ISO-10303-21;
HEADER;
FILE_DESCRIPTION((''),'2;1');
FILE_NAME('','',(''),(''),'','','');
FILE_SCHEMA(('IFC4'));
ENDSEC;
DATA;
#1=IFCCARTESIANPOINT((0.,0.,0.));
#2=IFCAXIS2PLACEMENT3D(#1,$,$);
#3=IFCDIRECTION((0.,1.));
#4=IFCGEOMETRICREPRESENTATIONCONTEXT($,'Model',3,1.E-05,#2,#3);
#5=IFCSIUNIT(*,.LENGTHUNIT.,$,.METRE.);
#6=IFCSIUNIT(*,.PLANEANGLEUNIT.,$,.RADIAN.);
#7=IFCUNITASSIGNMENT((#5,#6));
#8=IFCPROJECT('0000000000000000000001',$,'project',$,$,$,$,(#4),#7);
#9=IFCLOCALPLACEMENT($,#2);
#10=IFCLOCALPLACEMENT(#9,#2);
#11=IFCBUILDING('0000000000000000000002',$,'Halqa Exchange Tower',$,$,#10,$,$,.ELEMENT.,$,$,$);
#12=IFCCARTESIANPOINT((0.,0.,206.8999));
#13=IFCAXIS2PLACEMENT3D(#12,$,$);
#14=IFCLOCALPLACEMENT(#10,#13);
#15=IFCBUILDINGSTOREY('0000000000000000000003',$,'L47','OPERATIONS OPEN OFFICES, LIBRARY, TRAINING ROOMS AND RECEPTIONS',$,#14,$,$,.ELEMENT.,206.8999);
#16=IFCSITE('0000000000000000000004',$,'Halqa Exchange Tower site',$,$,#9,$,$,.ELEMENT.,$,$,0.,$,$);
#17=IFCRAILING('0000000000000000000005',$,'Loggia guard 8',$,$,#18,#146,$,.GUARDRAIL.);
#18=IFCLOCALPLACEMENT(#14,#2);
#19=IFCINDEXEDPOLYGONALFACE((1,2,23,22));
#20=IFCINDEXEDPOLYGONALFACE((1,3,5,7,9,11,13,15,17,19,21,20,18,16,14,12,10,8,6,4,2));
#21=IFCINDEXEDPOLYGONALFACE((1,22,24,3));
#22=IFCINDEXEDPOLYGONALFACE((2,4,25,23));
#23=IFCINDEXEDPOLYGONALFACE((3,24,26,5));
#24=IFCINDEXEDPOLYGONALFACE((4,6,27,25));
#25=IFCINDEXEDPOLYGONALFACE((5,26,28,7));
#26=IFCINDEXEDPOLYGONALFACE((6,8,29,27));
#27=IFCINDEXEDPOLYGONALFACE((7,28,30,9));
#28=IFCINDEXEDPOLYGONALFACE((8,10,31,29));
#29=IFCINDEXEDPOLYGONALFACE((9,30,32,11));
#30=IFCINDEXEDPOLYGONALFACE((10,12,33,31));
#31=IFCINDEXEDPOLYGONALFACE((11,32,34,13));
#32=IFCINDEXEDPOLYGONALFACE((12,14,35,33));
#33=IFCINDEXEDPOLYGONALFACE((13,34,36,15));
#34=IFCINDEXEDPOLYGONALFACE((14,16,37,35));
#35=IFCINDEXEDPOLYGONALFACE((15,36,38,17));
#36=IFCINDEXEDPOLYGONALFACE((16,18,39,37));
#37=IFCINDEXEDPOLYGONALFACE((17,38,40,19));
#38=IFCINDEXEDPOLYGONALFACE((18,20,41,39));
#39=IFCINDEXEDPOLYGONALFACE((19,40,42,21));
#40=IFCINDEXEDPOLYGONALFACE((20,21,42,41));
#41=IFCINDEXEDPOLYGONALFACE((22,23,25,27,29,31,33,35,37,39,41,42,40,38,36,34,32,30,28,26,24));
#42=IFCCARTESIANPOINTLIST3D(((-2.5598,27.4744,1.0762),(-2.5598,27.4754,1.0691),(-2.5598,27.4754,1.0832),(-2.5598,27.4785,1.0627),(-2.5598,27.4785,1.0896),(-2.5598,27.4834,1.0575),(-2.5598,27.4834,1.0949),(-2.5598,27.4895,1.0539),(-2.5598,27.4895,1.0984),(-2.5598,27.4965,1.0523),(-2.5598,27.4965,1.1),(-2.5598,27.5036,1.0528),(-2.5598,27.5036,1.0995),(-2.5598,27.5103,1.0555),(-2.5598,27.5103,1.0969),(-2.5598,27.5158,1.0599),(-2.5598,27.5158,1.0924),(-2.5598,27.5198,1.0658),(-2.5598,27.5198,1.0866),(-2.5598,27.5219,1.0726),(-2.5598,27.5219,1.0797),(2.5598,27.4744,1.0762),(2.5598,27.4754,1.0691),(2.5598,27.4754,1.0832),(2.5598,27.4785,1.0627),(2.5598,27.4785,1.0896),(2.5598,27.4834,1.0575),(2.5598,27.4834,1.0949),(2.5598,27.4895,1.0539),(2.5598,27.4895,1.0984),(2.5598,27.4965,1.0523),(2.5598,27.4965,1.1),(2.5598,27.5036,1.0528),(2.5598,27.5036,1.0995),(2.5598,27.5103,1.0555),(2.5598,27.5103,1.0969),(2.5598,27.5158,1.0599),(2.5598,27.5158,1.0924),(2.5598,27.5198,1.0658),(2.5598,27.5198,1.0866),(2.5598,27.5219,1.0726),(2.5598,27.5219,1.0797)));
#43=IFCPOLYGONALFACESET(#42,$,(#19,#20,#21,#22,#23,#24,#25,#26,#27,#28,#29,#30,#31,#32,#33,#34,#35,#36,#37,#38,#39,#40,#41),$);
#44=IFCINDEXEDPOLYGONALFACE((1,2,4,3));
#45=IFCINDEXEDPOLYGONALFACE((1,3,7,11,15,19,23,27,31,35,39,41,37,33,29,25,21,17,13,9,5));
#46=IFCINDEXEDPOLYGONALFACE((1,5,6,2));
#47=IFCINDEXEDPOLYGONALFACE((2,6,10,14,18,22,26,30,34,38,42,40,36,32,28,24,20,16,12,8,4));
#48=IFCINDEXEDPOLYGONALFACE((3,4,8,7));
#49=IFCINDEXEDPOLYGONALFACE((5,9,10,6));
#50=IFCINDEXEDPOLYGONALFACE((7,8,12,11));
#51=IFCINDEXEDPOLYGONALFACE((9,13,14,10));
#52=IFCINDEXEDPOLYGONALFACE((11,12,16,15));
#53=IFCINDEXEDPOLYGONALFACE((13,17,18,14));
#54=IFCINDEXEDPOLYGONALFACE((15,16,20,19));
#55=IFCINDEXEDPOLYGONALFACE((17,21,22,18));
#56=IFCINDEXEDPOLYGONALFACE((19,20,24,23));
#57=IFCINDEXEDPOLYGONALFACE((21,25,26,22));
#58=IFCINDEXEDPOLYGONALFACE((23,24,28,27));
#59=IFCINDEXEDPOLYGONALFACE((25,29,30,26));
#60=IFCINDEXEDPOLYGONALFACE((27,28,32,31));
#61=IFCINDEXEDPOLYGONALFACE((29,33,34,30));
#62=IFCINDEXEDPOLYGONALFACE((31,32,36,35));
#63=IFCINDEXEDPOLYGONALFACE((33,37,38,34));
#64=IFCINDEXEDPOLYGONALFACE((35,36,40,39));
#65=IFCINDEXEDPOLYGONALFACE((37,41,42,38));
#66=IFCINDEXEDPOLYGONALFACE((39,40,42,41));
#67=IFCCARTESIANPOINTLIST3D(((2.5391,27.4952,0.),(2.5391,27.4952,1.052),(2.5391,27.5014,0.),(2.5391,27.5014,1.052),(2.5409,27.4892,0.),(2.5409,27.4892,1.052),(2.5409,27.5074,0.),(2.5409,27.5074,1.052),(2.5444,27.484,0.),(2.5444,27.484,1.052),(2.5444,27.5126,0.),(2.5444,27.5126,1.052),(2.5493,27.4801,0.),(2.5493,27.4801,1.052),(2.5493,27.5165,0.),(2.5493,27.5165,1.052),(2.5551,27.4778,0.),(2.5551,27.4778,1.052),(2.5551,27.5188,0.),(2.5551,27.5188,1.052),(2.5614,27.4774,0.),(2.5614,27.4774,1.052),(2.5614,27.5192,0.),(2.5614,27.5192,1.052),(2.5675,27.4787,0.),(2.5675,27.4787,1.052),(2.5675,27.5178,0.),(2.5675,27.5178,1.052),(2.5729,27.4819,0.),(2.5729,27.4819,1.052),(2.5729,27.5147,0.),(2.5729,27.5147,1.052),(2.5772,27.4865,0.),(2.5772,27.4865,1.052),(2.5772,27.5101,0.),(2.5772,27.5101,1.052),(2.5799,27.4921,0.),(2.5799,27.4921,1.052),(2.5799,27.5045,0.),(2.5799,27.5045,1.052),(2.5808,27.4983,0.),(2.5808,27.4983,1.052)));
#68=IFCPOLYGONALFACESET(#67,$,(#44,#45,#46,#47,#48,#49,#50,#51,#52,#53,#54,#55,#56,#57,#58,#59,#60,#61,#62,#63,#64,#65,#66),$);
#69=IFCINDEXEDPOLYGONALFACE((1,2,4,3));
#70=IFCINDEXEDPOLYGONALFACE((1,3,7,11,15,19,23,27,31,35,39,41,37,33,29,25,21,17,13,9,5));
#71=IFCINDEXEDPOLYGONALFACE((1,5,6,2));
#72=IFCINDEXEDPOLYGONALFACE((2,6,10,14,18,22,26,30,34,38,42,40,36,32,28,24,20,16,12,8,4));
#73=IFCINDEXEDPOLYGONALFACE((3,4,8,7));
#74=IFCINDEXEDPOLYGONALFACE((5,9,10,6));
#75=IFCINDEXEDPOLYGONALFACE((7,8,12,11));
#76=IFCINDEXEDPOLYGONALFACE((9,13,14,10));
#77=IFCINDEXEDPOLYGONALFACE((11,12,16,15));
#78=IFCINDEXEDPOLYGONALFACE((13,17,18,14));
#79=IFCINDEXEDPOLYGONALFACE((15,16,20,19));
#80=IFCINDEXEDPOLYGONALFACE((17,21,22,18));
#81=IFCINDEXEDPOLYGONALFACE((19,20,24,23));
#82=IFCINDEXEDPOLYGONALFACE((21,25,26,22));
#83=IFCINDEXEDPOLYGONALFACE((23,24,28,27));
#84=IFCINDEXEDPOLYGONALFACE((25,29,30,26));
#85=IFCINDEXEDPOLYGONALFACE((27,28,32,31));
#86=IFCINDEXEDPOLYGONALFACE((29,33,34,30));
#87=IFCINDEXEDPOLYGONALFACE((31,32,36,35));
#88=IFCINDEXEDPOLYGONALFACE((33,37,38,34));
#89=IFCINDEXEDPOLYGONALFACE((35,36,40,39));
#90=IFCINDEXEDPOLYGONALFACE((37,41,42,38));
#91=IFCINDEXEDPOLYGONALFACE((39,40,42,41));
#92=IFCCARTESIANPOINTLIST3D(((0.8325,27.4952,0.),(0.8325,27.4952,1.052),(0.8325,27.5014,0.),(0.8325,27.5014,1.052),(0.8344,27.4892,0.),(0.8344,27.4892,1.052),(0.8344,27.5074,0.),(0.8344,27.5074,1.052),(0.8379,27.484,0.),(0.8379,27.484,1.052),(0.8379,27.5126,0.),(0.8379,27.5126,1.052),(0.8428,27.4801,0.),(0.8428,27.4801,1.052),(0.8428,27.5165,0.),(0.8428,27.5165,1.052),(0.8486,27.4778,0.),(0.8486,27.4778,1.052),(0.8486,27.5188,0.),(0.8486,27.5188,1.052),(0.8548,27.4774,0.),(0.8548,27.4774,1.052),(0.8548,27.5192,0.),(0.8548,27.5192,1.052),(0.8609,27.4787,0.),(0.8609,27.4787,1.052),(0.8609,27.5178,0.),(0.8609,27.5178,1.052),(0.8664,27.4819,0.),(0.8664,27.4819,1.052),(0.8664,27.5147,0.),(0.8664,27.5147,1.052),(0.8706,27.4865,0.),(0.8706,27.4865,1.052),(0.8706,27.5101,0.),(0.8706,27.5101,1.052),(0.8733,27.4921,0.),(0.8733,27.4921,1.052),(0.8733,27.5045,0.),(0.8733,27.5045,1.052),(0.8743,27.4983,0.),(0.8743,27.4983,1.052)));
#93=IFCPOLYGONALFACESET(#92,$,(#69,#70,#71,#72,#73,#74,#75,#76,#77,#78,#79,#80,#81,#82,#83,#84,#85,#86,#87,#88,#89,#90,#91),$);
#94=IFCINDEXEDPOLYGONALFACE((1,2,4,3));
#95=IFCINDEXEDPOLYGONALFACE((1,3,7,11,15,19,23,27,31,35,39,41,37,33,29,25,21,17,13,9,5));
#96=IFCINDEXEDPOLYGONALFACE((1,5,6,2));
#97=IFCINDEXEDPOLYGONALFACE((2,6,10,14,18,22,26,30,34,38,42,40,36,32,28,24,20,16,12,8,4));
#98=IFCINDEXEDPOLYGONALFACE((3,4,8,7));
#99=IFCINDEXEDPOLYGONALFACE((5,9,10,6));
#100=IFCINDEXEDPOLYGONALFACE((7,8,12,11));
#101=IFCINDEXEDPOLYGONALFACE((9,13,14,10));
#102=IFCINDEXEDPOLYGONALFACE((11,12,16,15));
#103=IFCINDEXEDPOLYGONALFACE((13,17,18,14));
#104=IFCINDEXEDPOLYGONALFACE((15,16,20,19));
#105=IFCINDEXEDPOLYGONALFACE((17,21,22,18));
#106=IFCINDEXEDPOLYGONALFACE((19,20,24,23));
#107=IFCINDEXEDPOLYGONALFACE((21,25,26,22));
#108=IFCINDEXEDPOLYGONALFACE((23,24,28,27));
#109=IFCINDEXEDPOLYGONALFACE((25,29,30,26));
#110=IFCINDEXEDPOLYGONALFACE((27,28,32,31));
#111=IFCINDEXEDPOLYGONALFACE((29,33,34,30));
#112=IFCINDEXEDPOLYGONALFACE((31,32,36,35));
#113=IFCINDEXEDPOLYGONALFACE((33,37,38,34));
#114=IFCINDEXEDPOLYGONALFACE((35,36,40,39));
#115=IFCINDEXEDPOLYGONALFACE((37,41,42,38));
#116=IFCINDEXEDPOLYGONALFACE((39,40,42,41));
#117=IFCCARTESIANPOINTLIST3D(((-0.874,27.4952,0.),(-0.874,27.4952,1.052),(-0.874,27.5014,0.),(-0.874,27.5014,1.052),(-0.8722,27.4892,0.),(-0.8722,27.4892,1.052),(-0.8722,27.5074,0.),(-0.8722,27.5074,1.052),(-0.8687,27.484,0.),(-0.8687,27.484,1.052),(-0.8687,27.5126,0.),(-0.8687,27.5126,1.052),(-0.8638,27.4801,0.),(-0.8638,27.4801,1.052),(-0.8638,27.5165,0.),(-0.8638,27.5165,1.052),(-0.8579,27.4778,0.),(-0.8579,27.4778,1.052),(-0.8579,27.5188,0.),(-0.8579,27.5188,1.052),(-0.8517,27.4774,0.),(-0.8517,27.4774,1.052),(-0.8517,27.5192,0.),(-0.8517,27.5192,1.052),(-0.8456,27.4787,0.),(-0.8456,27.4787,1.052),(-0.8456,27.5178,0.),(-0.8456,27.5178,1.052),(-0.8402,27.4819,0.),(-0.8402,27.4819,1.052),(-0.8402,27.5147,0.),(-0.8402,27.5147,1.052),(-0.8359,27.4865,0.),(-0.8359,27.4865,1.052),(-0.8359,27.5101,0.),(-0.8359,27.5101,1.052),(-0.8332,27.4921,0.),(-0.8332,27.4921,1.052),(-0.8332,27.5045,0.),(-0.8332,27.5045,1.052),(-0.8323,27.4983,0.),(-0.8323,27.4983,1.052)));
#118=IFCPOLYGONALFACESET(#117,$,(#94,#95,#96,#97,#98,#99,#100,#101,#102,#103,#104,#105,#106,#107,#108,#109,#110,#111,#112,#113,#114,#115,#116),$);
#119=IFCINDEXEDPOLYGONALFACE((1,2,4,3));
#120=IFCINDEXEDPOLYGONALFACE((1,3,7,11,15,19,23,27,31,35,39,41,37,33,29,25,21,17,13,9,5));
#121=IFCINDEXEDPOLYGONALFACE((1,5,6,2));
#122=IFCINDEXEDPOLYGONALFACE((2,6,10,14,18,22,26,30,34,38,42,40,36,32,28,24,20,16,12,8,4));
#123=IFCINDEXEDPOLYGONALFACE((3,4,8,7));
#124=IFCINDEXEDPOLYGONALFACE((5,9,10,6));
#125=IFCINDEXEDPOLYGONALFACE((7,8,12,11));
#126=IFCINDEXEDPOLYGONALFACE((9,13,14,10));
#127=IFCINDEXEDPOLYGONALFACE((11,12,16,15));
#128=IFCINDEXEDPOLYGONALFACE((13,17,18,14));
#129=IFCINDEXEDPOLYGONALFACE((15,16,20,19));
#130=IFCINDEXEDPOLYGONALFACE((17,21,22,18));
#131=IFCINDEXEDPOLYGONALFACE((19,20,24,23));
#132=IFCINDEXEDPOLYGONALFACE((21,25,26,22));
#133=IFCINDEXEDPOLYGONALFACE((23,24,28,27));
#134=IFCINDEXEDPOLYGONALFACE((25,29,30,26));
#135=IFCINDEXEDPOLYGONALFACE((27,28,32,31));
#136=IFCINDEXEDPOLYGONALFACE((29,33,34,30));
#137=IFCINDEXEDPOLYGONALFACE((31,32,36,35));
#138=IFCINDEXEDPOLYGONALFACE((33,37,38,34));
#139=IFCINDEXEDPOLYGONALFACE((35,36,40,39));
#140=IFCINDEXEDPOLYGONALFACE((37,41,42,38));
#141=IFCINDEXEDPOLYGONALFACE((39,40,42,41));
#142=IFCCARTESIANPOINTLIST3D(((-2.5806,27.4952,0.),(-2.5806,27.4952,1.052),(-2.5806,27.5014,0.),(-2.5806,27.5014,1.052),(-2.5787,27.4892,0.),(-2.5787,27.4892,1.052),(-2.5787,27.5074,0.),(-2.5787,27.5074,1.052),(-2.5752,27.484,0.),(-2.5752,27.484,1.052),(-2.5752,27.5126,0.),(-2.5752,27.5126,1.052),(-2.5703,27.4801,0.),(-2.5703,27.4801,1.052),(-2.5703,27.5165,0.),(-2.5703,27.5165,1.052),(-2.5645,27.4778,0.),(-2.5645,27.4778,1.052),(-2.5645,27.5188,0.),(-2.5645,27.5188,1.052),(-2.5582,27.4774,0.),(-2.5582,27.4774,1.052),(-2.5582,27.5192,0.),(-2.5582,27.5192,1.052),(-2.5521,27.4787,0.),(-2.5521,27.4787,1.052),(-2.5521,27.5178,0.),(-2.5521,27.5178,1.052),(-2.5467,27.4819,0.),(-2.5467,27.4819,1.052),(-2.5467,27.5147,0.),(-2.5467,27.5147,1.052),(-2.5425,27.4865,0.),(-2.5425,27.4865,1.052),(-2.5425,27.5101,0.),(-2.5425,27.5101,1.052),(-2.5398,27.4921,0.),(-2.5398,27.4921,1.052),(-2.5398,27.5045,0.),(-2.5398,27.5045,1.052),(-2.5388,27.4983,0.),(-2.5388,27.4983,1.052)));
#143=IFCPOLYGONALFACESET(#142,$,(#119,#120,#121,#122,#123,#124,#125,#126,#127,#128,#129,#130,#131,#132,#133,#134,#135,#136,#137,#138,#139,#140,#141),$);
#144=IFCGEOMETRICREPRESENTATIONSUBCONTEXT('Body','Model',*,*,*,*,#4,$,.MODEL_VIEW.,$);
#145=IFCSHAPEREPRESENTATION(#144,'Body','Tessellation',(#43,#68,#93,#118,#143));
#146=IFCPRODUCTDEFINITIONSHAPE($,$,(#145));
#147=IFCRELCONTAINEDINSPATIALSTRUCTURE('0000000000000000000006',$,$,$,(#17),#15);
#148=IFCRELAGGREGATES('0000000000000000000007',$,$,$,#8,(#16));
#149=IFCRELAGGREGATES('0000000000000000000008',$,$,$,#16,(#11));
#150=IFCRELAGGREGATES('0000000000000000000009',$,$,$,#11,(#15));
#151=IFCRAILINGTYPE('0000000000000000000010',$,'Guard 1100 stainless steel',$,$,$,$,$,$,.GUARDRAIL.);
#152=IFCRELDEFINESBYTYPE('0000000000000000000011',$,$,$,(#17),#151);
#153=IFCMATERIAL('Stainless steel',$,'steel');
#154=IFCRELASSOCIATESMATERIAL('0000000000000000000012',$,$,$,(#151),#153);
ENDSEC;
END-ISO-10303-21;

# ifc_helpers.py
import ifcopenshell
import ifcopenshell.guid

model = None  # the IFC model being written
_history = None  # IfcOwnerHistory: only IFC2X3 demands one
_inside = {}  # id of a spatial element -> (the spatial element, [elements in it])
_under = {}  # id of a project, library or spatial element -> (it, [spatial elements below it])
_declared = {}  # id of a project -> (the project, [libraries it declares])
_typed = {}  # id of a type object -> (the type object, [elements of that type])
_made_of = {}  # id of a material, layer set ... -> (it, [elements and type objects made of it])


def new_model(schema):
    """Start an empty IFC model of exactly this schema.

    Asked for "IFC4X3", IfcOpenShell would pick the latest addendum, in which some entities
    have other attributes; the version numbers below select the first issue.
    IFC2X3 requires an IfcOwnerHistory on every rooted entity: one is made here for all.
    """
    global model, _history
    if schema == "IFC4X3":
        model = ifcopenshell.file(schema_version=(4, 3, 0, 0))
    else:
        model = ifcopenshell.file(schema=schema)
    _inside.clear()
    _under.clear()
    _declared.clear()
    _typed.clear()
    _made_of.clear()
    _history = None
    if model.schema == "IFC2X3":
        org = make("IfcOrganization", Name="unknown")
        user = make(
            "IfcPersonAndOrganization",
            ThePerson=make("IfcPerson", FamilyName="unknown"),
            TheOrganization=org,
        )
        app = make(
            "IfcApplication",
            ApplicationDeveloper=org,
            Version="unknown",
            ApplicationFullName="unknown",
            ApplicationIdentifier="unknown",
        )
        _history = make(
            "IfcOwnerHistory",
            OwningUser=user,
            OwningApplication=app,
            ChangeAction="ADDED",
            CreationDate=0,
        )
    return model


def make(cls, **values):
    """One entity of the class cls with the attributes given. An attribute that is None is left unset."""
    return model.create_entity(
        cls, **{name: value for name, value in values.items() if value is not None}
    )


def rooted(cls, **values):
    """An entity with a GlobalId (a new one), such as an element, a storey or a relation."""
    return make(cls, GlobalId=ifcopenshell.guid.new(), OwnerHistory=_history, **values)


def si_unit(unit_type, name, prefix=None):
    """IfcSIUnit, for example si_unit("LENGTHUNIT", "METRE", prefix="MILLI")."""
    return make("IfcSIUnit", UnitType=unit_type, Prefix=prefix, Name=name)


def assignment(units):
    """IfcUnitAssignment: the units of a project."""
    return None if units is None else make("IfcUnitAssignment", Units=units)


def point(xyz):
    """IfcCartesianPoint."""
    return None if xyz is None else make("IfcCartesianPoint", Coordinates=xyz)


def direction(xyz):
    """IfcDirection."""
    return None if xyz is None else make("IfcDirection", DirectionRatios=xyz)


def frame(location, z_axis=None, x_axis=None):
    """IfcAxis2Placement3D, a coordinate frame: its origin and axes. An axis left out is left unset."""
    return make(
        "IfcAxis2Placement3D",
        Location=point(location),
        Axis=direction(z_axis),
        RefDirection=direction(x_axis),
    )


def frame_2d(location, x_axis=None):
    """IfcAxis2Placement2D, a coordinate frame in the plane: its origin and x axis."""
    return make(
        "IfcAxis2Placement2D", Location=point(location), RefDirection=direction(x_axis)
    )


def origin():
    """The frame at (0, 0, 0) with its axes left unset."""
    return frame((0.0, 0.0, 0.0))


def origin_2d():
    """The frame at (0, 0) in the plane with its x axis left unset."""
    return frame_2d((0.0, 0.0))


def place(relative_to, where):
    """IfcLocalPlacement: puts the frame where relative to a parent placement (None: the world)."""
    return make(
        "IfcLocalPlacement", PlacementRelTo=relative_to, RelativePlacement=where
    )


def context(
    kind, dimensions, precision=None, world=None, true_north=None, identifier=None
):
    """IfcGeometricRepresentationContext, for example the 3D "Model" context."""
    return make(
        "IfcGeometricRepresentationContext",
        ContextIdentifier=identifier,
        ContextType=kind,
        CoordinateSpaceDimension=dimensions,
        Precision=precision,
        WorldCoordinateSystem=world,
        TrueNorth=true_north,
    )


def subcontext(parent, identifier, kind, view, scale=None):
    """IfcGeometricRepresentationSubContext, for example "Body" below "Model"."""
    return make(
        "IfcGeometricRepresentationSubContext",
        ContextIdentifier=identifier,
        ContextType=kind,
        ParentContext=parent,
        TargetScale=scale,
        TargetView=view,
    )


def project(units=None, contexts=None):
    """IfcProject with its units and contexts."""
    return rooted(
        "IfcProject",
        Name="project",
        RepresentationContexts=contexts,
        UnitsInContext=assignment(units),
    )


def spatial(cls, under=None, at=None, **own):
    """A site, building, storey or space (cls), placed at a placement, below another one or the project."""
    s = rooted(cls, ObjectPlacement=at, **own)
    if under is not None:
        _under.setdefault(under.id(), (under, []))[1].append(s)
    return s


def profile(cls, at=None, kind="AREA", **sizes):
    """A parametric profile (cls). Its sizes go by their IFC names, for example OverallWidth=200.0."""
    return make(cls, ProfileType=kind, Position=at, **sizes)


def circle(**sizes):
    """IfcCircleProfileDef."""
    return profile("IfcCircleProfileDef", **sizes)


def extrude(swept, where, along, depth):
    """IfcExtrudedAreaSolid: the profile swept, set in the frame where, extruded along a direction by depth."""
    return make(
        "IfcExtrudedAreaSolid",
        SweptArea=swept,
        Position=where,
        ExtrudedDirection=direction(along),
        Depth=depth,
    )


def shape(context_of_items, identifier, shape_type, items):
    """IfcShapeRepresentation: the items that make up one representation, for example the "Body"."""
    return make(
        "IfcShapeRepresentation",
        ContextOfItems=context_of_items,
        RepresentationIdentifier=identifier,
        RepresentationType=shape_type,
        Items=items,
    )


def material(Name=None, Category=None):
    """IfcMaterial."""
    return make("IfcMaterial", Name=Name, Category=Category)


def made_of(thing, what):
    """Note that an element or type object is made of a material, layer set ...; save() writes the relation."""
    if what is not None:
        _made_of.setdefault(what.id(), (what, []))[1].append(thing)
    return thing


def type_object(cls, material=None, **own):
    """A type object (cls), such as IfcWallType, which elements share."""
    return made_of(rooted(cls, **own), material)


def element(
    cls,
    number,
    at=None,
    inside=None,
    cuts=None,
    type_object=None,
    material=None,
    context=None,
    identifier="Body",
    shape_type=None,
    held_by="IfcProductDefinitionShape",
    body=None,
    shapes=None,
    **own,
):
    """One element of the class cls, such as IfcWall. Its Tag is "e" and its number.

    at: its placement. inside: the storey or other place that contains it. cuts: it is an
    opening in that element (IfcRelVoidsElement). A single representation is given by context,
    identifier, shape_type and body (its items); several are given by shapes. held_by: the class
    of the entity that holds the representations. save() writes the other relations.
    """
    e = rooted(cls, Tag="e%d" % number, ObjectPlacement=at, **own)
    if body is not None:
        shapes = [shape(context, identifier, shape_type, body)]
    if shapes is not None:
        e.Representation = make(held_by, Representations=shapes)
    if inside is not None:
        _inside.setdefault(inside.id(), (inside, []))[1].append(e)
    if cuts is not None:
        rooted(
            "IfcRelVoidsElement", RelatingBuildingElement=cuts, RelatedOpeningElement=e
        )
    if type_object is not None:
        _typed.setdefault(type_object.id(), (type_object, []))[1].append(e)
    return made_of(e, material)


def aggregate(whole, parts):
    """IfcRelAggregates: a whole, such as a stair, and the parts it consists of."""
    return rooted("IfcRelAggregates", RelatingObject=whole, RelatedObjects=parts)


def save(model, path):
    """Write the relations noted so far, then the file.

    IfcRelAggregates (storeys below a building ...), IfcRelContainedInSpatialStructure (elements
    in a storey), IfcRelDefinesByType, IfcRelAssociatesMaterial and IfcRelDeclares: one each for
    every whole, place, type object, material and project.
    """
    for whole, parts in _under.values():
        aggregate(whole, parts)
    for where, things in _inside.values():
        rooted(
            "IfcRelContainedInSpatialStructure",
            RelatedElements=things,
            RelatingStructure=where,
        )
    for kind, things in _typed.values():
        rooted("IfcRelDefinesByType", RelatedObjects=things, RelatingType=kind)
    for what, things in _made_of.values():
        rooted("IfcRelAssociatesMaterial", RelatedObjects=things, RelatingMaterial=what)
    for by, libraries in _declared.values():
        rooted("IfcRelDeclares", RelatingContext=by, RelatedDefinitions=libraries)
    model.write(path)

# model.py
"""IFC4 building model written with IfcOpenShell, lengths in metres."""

from ifc_helpers import new_model, si_unit, direction, frame, origin, origin_2d, place, context, subcontext, project, spatial, circle, extrude, material, type_object, element, save


model = new_model("IFC4")

# Units and contexts
model_context = context("Model", 3, precision=1e-05, world=origin(), true_north=direction((0.0, 1.0)))
body_context = subcontext(model_context, "Body", "Model", "MODEL_VIEW")
ifc_project = project(units=[si_unit("LENGTHUNIT", "METRE"), si_unit("PLANEANGLEUNIT", "RADIAN")], contexts=[model_context])

# Site, building, storey
site_placement = place(None, origin())
site = spatial("IfcSite", under=ifc_project, at=site_placement, Name="Halqa Exchange Tower site", CompositionType="ELEMENT", RefElevation=0.0)
building_placement = place(site_placement, origin())
building = spatial("IfcBuilding", under=site, at=building_placement, Name="Halqa Exchange Tower", CompositionType="ELEMENT")
storey_placement = place(building_placement, frame((0.0, 0.0, 206.8999)))
storey = spatial("IfcBuildingStorey", under=building, at=storey_placement, Name="L47", Description="OPERATIONS OPEN OFFICES, LIBRARY, TRAINING ROOMS AND RECEPTIONS", CompositionType="ELEMENT", Elevation=206.8999)

# Railing
ifc_material_1 = material(Name="Stainless steel", Category="steel")
railing_type_1 = type_object("IfcRailingType", Name="Guard 1100 stainless steel", PredefinedType="GUARDRAIL", material=ifc_material_1)
railing_1_placement = place(storey_placement, frame((2.5598, 27.4983, 0.0)))
element("IfcRailing", 1, at=railing_1_placement, inside=storey, type_object=railing_type_1, Name="Loggia guard 8", PredefinedType="GUARDRAIL", context=body_context, shape_type="SweptSolid", body=[
    extrude(circle(Radius=0.0239, at=origin_2d()), frame((0.0, 0.0, 1.0762), z_axis=(-1.0, 0.0, 0.0), x_axis=(0.0, -1.0, 0.0)), (0.0, 0.0, 1.0), 5.1196),
    extrude(circle(Radius=0.021, at=origin_2d()), origin(), (0.0, 0.0, 1.0), 1.052),
    extrude(circle(Radius=0.021, at=origin_2d()), frame((-1.7065, 0.0, 0.0)), (0.0, 0.0, 1.0), 1.052),
    extrude(circle(Radius=0.021, at=origin_2d()), frame((-3.4131, 0.0, 0.0)), (0.0, 0.0, 1.0), 1.052),
    extrude(circle(Radius=0.021, at=origin_2d()), frame((-5.1196, 0.0, 0.0)), (0.0, 0.0, 1.0), 1.052),
])

save(model, "model.ifc")
